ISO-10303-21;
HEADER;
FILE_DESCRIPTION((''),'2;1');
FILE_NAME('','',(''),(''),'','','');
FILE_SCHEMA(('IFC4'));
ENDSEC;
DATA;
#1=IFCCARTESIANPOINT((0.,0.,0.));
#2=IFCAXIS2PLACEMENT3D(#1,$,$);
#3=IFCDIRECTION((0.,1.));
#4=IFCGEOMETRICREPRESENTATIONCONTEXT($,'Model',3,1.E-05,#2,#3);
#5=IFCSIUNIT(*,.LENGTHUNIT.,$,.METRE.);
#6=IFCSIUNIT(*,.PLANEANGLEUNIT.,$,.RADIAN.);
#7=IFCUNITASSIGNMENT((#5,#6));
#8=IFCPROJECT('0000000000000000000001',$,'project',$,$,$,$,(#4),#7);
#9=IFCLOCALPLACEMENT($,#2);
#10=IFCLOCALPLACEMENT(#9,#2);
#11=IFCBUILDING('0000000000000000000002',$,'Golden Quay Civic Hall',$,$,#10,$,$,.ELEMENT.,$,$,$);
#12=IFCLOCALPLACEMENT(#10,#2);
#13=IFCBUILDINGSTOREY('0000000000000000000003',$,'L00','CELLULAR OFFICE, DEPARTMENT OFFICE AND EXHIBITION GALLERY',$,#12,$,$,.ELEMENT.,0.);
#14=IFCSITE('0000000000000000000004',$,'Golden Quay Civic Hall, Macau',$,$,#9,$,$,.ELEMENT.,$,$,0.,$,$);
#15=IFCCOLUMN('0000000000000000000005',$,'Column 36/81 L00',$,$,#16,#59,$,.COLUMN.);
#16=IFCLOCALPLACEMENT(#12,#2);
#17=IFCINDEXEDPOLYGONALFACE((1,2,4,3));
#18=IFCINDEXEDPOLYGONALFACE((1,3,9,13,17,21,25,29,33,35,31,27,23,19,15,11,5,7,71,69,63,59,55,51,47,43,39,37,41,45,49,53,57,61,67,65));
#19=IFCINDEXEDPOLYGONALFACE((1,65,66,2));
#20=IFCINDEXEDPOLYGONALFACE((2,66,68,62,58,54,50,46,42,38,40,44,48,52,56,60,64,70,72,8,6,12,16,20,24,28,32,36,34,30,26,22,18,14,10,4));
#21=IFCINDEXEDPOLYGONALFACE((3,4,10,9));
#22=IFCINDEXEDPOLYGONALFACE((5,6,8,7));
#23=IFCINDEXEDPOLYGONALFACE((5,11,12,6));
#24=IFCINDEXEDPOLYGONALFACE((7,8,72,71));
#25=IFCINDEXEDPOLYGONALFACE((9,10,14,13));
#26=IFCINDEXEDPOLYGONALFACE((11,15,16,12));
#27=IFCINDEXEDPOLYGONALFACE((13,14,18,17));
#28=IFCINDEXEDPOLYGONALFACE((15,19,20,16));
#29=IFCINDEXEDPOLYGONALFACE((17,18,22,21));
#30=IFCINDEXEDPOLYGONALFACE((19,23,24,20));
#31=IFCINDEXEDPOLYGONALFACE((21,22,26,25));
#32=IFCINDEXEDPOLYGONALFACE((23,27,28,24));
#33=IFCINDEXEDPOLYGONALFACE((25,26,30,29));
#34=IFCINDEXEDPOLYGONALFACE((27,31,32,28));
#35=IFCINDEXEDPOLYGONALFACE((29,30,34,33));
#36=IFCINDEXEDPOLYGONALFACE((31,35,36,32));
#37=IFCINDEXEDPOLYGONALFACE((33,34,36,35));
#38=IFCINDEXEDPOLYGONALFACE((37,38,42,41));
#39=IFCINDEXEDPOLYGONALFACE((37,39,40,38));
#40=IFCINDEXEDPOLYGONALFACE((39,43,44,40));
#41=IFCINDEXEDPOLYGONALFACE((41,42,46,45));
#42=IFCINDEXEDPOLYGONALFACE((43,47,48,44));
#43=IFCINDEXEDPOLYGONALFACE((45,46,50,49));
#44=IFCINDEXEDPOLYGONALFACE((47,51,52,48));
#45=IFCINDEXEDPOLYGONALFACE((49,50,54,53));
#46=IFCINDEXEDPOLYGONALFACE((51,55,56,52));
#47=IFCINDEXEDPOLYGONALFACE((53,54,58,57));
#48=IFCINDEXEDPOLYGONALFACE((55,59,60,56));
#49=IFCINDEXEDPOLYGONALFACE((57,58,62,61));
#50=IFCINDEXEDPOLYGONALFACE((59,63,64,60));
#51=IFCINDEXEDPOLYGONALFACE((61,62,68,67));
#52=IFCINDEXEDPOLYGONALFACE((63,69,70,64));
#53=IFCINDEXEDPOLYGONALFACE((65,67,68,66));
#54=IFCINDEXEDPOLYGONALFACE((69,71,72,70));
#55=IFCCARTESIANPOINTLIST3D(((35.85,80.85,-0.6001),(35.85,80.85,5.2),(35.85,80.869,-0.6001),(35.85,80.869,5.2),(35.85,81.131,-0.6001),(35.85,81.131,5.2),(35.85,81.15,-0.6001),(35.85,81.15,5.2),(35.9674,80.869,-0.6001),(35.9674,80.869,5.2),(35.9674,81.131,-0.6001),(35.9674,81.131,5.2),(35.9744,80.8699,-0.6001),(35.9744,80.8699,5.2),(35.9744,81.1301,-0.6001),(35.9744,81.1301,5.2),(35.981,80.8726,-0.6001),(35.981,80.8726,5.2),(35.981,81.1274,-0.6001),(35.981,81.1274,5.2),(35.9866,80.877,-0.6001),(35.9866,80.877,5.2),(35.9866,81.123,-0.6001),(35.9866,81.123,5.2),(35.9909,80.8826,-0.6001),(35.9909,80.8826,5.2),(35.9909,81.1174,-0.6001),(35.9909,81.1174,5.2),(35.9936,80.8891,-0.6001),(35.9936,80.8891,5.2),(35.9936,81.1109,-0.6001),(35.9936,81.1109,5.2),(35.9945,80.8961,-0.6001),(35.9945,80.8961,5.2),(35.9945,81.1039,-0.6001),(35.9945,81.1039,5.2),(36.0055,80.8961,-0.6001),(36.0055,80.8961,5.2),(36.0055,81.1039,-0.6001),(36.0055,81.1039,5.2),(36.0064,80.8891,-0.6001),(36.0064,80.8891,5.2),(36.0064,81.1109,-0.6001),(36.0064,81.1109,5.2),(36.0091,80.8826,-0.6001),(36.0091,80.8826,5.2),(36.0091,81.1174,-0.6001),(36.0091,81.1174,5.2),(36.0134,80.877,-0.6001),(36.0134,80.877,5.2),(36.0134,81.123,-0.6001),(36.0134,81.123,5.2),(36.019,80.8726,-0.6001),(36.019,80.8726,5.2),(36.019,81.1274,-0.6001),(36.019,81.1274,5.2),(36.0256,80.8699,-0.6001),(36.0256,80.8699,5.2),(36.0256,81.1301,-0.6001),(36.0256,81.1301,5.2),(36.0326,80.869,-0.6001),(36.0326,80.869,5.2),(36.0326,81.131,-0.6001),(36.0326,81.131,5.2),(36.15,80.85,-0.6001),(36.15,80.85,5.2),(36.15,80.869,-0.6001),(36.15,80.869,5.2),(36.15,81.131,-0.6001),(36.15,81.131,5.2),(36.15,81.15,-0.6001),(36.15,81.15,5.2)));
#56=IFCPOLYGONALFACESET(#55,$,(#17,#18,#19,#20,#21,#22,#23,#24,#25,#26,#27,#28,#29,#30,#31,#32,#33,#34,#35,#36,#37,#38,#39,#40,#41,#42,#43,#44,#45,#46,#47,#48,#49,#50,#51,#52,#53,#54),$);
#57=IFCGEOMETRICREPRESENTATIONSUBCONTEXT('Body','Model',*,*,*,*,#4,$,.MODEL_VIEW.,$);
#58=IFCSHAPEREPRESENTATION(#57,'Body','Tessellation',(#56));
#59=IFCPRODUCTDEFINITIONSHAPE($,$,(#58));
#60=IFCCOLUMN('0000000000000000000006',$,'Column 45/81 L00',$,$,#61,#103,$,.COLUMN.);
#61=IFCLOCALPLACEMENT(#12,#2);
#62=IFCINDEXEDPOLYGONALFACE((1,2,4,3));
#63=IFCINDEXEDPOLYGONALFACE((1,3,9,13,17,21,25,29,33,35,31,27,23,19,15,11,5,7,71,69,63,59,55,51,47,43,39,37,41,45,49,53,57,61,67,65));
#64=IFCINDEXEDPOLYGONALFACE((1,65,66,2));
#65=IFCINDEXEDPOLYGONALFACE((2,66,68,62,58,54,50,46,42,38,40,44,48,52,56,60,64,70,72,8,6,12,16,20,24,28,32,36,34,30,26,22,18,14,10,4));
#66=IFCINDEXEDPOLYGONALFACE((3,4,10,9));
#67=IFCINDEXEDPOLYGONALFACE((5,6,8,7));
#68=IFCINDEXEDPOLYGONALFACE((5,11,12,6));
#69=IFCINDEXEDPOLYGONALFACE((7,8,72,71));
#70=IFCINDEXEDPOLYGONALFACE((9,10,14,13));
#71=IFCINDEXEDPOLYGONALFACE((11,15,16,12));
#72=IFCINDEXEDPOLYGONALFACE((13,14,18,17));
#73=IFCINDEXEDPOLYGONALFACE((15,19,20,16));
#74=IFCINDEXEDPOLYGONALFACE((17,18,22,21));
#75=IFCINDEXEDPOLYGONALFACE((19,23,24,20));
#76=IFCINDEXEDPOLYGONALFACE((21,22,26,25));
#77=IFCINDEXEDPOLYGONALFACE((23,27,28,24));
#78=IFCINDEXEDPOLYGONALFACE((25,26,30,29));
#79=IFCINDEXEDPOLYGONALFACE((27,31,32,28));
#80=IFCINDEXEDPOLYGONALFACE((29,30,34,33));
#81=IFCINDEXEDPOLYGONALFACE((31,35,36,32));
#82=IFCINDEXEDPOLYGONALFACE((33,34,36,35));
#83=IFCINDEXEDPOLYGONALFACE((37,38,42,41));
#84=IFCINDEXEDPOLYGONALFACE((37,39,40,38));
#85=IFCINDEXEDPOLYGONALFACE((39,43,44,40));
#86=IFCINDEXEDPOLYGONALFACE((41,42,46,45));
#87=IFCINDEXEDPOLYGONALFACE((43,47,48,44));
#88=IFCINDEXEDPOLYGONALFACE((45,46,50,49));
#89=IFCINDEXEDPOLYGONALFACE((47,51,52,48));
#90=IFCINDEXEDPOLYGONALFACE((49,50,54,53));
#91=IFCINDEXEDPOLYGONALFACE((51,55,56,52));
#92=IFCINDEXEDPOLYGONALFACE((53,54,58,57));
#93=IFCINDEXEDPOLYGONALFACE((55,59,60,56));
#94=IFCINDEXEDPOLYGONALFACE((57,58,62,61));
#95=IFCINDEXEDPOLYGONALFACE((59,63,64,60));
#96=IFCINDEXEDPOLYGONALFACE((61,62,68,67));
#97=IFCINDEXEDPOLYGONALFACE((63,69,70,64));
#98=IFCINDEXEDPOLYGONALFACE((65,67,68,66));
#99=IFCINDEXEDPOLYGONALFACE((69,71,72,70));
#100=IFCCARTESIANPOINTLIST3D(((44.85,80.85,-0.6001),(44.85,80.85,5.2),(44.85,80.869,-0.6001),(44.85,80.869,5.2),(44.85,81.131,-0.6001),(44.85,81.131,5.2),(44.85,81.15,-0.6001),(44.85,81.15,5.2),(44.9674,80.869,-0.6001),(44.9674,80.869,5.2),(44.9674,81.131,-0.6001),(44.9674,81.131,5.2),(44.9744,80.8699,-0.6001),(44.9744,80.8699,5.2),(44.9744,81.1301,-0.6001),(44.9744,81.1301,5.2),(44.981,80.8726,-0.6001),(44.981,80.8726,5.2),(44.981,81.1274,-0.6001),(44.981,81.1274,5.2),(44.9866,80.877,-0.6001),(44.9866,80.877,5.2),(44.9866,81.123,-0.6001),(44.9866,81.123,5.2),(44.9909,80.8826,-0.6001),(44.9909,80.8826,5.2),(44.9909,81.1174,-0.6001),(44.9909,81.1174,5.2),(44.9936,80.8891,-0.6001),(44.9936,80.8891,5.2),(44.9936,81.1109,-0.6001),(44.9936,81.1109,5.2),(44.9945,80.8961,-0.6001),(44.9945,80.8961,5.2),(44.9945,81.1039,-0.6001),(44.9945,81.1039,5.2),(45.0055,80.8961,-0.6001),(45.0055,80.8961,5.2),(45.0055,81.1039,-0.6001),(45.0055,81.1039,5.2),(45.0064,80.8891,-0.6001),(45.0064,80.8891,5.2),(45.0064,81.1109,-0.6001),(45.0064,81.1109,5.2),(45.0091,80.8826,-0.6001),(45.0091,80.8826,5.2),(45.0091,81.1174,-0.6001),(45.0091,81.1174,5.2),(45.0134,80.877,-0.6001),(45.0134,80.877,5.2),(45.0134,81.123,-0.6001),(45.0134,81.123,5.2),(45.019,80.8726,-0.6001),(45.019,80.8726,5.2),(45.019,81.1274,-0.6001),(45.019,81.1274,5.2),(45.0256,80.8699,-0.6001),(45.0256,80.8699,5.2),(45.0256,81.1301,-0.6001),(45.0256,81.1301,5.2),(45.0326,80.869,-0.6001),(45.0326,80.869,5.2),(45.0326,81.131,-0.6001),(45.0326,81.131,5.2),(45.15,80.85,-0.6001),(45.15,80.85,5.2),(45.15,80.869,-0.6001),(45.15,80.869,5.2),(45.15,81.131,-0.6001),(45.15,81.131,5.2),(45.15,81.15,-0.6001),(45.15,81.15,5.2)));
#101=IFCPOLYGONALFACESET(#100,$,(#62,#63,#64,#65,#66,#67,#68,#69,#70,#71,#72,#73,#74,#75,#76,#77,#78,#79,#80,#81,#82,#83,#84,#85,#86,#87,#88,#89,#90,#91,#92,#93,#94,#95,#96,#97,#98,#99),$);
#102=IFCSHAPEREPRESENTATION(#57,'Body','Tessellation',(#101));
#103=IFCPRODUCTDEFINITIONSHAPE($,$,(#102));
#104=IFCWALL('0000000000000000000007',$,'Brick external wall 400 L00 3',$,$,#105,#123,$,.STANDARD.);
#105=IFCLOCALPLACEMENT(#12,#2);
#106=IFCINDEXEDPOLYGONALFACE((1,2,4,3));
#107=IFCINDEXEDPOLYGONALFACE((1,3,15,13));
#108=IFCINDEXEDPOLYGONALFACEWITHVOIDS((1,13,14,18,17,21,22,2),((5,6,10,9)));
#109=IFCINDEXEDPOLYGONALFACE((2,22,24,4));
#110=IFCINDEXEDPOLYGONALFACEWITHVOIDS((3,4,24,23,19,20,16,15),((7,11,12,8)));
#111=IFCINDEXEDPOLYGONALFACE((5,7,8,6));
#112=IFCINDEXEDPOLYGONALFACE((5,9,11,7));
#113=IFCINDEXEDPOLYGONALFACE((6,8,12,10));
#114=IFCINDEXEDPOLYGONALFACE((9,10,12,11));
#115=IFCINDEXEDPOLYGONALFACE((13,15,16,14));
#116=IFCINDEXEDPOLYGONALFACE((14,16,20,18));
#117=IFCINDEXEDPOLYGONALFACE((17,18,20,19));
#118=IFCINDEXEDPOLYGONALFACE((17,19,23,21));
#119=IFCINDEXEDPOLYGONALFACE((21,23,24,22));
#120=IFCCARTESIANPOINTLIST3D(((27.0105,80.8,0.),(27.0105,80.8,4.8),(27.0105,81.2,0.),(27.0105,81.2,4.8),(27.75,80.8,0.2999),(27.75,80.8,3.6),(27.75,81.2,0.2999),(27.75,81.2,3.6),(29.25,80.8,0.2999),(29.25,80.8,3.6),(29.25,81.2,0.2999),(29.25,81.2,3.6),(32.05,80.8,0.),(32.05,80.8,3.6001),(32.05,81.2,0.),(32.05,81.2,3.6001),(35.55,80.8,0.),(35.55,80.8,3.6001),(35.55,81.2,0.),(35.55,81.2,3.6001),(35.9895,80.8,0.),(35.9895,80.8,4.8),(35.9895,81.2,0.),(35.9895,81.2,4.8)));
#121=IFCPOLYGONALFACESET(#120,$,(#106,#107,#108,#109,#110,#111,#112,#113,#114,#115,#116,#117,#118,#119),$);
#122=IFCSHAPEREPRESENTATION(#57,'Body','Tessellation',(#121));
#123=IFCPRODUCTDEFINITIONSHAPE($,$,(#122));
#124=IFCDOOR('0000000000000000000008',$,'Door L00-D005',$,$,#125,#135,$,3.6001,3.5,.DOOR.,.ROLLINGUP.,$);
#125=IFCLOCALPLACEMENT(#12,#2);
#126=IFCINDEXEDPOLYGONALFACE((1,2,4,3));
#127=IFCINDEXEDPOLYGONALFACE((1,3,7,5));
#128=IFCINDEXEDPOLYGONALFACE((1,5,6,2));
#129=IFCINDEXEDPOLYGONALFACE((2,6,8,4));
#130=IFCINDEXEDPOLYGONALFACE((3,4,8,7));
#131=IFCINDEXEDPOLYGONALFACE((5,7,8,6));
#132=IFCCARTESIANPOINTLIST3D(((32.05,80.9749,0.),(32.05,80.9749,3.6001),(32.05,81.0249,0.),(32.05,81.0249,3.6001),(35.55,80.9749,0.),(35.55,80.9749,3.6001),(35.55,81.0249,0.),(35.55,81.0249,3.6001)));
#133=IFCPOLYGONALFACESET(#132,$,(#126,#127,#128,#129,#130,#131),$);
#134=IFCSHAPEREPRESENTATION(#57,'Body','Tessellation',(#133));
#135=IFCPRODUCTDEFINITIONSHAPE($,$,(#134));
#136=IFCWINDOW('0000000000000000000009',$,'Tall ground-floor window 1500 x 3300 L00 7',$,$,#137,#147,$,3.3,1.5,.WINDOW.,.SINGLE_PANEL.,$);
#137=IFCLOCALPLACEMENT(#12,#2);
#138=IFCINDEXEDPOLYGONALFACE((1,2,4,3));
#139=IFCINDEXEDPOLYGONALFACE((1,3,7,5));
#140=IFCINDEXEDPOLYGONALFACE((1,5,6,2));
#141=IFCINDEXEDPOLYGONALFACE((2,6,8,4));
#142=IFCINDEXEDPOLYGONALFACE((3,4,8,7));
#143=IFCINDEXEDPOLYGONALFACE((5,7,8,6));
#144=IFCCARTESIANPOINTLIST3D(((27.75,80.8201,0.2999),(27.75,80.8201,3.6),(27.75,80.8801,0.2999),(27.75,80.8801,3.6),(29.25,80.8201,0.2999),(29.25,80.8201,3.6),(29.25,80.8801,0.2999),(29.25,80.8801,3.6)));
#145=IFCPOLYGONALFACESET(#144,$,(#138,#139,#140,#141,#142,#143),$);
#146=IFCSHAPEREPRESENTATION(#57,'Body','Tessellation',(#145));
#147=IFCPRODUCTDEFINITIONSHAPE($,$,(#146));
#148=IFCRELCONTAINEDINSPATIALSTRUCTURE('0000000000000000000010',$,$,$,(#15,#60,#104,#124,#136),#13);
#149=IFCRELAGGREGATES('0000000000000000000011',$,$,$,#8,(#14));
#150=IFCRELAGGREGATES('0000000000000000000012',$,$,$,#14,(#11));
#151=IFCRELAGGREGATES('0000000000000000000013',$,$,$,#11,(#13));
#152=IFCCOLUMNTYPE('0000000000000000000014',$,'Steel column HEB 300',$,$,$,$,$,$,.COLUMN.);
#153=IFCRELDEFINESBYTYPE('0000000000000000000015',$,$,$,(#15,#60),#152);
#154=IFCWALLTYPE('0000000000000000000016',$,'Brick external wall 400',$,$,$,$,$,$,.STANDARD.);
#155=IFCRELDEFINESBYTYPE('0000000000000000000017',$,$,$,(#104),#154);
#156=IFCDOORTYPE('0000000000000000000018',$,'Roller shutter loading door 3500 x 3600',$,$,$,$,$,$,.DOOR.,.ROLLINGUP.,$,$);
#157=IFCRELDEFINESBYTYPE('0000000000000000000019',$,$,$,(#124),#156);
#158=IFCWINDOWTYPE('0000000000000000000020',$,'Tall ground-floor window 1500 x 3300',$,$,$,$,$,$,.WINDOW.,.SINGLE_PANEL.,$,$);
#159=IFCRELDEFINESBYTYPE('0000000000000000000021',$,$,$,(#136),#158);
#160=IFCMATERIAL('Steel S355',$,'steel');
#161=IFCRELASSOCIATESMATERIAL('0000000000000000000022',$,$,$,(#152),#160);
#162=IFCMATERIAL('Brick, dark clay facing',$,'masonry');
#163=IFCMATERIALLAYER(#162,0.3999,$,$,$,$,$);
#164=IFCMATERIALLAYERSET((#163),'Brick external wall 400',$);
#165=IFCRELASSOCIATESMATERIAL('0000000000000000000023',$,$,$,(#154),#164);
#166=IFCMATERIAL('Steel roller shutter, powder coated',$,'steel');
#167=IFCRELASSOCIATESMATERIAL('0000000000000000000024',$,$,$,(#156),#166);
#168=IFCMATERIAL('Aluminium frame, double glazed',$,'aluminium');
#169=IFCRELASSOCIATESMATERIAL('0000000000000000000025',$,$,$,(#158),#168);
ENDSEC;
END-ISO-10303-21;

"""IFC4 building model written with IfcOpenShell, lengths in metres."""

from ifc_helpers import new_model, si_unit, direction, frame, frame_2d, origin, origin_2d, place, context, subcontext, project, spatial, rectangle, i_section, extrude, material, layer, layer_set, material_profile, profile_set, type_object, element, fill, save


model = new_model("IFC4")

# Units and contexts
model_context = context("Model", 3, precision=1e-05, world=origin(), true_north=direction((0.0, 1.0)))
body_context = subcontext(model_context, "Body", "Model", "MODEL_VIEW")
ifc_project = project(units=[si_unit("LENGTHUNIT", "METRE"), si_unit("PLANEANGLEUNIT", "RADIAN")], contexts=[model_context])

# Site, building, storey
site_placement = place(None, origin())
site = spatial("IfcSite", under=ifc_project, at=site_placement, Name="Golden Quay Civic Hall, Macau", CompositionType="ELEMENT", RefElevation=0.0)
building_placement = place(site_placement, origin())
building = spatial("IfcBuilding", under=site, at=building_placement, Name="Golden Quay Civic Hall", CompositionType="ELEMENT")
storey_placement = place(building_placement, origin())
storey = spatial("IfcBuildingStorey", under=building, at=storey_placement, Name="L00", Description="CELLULAR OFFICE, DEPARTMENT OFFICE AND EXHIBITION GALLERY", CompositionType="ELEMENT", Elevation=0.0)

# Columns
ifc_material_1 = material(Name="Steel S355", Category="steel")
ifc_material_profile_1 = material_profile(ifc_material_1, i_section(OverallWidth=0.3, OverallDepth=0.3, WebThickness=0.011, FlangeThickness=0.019, FilletRadius=0.0271, at=origin_2d()), Name="HEB 300")
ifc_profile_set_1 = profile_set([ifc_material_profile_1], Name="Steel S355")
column_type = type_object("IfcColumnType", Name="Steel column HEB 300", PredefinedType="COLUMN", material=ifc_profile_set_1)
for number, where, z_axis, x_axis, name in (
    (1, (36.0, 81.0, -0.6001), (0.0, 0.0, 1.0), (1.0, 0.0, 0.0), "Column 36/81 L00"),
    (2, (45.0, 81.0, -0.6001), (0.0, 0.0, 1.0), (1.0, 0.0, 0.0), "Column 45/81 L00"),
):
    element("IfcColumn", number, at=place(storey_placement, frame(where, z_axis=z_axis, x_axis=x_axis)), inside=storey, type_object=column_type, Name=name, PredefinedType="COLUMN", context=body_context, shape_type="SweptSolid", body=[
        extrude(i_section(OverallWidth=0.3, OverallDepth=0.3, WebThickness=0.011, FlangeThickness=0.019, FilletRadius=0.0271, at=origin_2d()), origin(), (0.0, 0.0, 1.0), 5.8),
    ])

# Wall, openings, door, window
ifc_material_2 = material(Name="Brick, dark clay facing", Category="masonry")
ifc_layer_1 = layer(ifc_material_2, 0.3999)
ifc_layer_set_1 = layer_set([ifc_layer_1], Name="Brick external wall 400")
wall_type_1 = type_object("IfcWallType", Name="Brick external wall 400", PredefinedType="STANDARD", material=ifc_layer_set_1)
wall_1_placement = place(storey_placement, frame((27.0105, 81.0, 0.0), z_axis=(0.0, 0.0, 1.0), x_axis=(1.0, 0.0, 0.0)))
wall_1 = element("IfcWall", 3, at=wall_1_placement, inside=storey, type_object=wall_type_1, Name="Brick external wall 400 L00 3", PredefinedType="STANDARD", context=body_context, shape_type="SweptSolid", body=[
    extrude(rectangle(XDim=8.979, YDim=0.3999, at=frame_2d((4.4895, 0.0))), origin(), (0.0, 0.0, 1.0), 4.8),
])
opening_1_placement = place(wall_1_placement, frame((5.0396, 0.0, 0.0)))
opening_1 = element("IfcOpeningElement", 4, at=opening_1_placement, cuts=wall_1, PredefinedType="OPENING", context=body_context, shape_type="SweptSolid", body=[
    extrude(rectangle(XDim=3.5, YDim=3.6001, at=frame_2d((1.75, 1.8))), frame((0.0, 0.21, 0.0), z_axis=(0.0, -1.0, 0.0), x_axis=(1.0, 0.0, 0.0)), (0.0, 0.0, 1.0), 0.4199),
])
opening_2_placement = place(wall_1_placement, frame((0.7395, 0.0, 0.3)))
opening_2 = element("IfcOpeningElement", 5, at=opening_2_placement, cuts=wall_1, PredefinedType="OPENING", context=body_context, shape_type="SweptSolid", body=[
    extrude(rectangle(XDim=1.5, YDim=3.3, at=frame_2d((0.75, 1.6499))), frame((0.0, 0.21, 0.0), z_axis=(0.0, -1.0, 0.0), x_axis=(1.0, 0.0, 0.0)), (0.0, 0.0, 1.0), 0.4199),
])
ifc_material_3 = material(Name="Steel roller shutter, powder coated", Category="steel")
door_type = type_object("IfcDoorType", Name="Roller shutter loading door 3500 x 3600", OperationType="ROLLINGUP", PredefinedType="DOOR", material=ifc_material_3)
door_placement = place(opening_1_placement, origin())
door = element("IfcDoor", 6, at=door_placement, inside=storey, type_object=door_type, Name="Door L00-D005", OperationType="ROLLINGUP", OverallHeight=3.6001, OverallWidth=3.5, PredefinedType="DOOR", context=body_context, shape_type="SweptSolid", body=[
    extrude(rectangle(XDim=3.5, YDim=3.6001, at=frame_2d((1.75, 1.8))), frame((0.0, 0.0249, 0.0), z_axis=(0.0, -1.0, 0.0), x_axis=(1.0, 0.0, 0.0)), (0.0, 0.0, 1.0), 0.05),
])
fill(opening_1, door)
ifc_material_4 = material(Name="Aluminium frame, double glazed", Category="aluminium")
window_type = type_object("IfcWindowType", Name="Tall ground-floor window 1500 x 3300", PartitioningType="SINGLE_PANEL", PredefinedType="WINDOW", material=ifc_material_4)
window_1_placement = place(opening_2_placement, origin())
window_1 = element("IfcWindow", 7, at=window_1_placement, inside=storey, type_object=window_type, Name="Tall ground-floor window 1500 x 3300 L00 7", OverallHeight=3.3, OverallWidth=1.5, PartitioningType="SINGLE_PANEL", PredefinedType="WINDOW", context=body_context, shape_type="SweptSolid", body=[
    extrude(rectangle(XDim=1.5, YDim=3.3, at=frame_2d((0.75, 1.6499))), frame((0.0, -0.1199, 0.0), z_axis=(0.0, -1.0, 0.0), x_axis=(1.0, 0.0, 0.0)), (0.0, 0.0, 1.0), 0.0601),
])
fill(opening_2, window_1)

save(model, "model.ifc")
